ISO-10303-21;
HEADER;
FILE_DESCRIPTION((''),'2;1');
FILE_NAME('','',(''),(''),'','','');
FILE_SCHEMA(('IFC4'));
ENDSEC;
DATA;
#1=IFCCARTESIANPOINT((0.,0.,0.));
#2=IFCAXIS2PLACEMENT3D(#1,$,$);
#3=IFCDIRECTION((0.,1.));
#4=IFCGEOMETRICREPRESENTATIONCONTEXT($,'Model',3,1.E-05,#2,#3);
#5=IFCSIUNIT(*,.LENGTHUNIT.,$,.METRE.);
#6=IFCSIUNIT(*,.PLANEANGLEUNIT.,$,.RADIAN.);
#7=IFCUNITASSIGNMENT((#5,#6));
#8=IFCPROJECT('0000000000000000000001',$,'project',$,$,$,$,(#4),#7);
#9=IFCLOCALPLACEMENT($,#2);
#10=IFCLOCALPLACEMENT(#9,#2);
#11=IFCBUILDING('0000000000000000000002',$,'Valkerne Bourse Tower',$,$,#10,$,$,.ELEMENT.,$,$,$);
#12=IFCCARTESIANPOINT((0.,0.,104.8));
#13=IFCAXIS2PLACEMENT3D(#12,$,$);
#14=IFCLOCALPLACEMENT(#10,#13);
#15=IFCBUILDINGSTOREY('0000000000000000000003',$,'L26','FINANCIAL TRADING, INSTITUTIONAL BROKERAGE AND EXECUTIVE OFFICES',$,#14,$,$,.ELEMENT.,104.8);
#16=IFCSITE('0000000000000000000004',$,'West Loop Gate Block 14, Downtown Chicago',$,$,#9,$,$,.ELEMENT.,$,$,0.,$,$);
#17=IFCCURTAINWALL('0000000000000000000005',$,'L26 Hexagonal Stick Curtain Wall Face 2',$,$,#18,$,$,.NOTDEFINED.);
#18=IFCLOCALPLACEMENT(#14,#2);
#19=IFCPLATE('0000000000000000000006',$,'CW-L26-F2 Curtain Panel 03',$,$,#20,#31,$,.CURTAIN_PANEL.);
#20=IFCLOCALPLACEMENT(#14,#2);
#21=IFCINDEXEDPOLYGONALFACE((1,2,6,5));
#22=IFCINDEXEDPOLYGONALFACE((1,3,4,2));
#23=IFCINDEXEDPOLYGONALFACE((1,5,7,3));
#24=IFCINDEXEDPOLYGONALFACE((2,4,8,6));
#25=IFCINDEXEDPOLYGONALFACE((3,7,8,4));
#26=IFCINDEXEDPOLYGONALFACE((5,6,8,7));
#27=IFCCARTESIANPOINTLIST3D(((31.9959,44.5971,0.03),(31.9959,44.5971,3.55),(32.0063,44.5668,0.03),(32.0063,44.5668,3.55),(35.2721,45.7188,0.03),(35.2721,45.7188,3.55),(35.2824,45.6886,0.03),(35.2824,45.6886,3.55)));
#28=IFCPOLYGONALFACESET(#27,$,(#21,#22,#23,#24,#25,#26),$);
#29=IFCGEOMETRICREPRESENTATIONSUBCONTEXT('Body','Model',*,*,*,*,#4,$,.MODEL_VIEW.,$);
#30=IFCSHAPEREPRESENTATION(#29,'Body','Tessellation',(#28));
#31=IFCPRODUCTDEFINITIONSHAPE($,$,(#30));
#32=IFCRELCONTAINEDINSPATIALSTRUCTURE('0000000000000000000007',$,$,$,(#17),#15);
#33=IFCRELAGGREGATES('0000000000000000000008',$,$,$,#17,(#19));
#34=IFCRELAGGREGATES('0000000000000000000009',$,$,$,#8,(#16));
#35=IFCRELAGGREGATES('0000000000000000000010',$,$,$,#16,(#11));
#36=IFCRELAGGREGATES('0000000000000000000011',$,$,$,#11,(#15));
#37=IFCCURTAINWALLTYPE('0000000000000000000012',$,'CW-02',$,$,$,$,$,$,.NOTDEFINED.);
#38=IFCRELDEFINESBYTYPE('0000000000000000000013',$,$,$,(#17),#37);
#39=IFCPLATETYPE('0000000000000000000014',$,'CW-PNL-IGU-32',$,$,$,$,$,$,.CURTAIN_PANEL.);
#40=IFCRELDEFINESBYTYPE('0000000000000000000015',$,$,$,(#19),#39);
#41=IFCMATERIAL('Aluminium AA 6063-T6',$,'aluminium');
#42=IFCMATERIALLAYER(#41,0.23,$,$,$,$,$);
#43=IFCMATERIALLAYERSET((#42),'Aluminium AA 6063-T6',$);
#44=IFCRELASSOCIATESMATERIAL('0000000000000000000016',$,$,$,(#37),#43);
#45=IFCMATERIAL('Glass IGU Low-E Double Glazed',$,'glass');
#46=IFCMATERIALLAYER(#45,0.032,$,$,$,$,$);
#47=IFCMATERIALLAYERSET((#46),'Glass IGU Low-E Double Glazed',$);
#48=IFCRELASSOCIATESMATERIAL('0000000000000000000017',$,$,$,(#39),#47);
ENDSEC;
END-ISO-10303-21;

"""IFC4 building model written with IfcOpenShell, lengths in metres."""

from ifc_helpers import new_model, si_unit, direction, frame, origin, origin_2d, place, context, subcontext, project, spatial, rectangle, extrude, material, layer, layer_set, type_object, element, aggregate, save


model = new_model("IFC4")

# Units and contexts
model_context = context("Model", 3, precision=1e-05, world=origin(), true_north=direction((0.0, 1.0)))
body_context = subcontext(model_context, "Body", "Model", "MODEL_VIEW")
ifc_project = project(units=[si_unit("LENGTHUNIT", "METRE"), si_unit("PLANEANGLEUNIT", "RADIAN")], contexts=[model_context])

# Site, building, storey
site_placement = place(None, origin())
site = spatial("IfcSite", under=ifc_project, at=site_placement, Name="West Loop Gate Block 14, Downtown Chicago", CompositionType="ELEMENT", RefElevation=0.0)
building_placement = place(site_placement, origin())
building = spatial("IfcBuilding", under=site, at=building_placement, Name="Valkerne Bourse Tower", CompositionType="ELEMENT")
storey_placement = place(building_placement, frame((0.0, 0.0, 104.8)))
storey = spatial("IfcBuildingStorey", under=building, at=storey_placement, Name="L26", Description="FINANCIAL TRADING, INSTITUTIONAL BROKERAGE AND EXECUTIVE OFFICES", CompositionType="ELEMENT", Elevation=104.8)

# Curtain wall
ifc_material_1 = material(Name="Aluminium AA 6063-T6", Category="aluminium")
ifc_layer_1 = layer(ifc_material_1, 0.23)
ifc_layer_set_1 = layer_set([ifc_layer_1], Name="Aluminium AA 6063-T6")
curtain_wall_type = type_object("IfcCurtainWallType", Name="CW-02", PredefinedType="NOTDEFINED", material=ifc_layer_set_1)
curtain_wall_1_placement = place(storey_placement, origin())
curtain_wall_1 = element("IfcCurtainWall", 1, at=curtain_wall_1_placement, inside=storey, type_object=curtain_wall_type, Name="L26 Hexagonal Stick Curtain Wall Face 2", PredefinedType="NOTDEFINED")

# Plate
ifc_material_2 = material(Name="Glass IGU Low-E Double Glazed", Category="glass")
ifc_layer_2 = layer(ifc_material_2, 0.032)
ifc_layer_set_2 = layer_set([ifc_layer_2], Name="Glass IGU Low-E Double Glazed")
plate_type = type_object("IfcPlateType", Name="CW-PNL-IGU-32", PredefinedType="CURTAIN_PANEL", material=ifc_layer_set_2)
plate_1_placement = place(storey_placement, frame((33.6392, 45.1428, 0.03), z_axis=(0.0, 0.0, 1.0), x_axis=(-0.946081, -0.323931, 0.0)))
plate_1 = element("IfcPlate", 2, at=plate_1_placement, type_object=plate_type, Name="CW-L26-F2 Curtain Panel 03", PredefinedType="CURTAIN_PANEL", context=body_context, shape_type="SweptSolid", body=[
    extrude(rectangle(XDim=3.4629, YDim=0.032, at=origin_2d()), origin(), (0.0, 0.0, 1.0), 3.52),
])
aggregate(curtain_wall_1, [plate_1])

save(model, "model.ifc")
